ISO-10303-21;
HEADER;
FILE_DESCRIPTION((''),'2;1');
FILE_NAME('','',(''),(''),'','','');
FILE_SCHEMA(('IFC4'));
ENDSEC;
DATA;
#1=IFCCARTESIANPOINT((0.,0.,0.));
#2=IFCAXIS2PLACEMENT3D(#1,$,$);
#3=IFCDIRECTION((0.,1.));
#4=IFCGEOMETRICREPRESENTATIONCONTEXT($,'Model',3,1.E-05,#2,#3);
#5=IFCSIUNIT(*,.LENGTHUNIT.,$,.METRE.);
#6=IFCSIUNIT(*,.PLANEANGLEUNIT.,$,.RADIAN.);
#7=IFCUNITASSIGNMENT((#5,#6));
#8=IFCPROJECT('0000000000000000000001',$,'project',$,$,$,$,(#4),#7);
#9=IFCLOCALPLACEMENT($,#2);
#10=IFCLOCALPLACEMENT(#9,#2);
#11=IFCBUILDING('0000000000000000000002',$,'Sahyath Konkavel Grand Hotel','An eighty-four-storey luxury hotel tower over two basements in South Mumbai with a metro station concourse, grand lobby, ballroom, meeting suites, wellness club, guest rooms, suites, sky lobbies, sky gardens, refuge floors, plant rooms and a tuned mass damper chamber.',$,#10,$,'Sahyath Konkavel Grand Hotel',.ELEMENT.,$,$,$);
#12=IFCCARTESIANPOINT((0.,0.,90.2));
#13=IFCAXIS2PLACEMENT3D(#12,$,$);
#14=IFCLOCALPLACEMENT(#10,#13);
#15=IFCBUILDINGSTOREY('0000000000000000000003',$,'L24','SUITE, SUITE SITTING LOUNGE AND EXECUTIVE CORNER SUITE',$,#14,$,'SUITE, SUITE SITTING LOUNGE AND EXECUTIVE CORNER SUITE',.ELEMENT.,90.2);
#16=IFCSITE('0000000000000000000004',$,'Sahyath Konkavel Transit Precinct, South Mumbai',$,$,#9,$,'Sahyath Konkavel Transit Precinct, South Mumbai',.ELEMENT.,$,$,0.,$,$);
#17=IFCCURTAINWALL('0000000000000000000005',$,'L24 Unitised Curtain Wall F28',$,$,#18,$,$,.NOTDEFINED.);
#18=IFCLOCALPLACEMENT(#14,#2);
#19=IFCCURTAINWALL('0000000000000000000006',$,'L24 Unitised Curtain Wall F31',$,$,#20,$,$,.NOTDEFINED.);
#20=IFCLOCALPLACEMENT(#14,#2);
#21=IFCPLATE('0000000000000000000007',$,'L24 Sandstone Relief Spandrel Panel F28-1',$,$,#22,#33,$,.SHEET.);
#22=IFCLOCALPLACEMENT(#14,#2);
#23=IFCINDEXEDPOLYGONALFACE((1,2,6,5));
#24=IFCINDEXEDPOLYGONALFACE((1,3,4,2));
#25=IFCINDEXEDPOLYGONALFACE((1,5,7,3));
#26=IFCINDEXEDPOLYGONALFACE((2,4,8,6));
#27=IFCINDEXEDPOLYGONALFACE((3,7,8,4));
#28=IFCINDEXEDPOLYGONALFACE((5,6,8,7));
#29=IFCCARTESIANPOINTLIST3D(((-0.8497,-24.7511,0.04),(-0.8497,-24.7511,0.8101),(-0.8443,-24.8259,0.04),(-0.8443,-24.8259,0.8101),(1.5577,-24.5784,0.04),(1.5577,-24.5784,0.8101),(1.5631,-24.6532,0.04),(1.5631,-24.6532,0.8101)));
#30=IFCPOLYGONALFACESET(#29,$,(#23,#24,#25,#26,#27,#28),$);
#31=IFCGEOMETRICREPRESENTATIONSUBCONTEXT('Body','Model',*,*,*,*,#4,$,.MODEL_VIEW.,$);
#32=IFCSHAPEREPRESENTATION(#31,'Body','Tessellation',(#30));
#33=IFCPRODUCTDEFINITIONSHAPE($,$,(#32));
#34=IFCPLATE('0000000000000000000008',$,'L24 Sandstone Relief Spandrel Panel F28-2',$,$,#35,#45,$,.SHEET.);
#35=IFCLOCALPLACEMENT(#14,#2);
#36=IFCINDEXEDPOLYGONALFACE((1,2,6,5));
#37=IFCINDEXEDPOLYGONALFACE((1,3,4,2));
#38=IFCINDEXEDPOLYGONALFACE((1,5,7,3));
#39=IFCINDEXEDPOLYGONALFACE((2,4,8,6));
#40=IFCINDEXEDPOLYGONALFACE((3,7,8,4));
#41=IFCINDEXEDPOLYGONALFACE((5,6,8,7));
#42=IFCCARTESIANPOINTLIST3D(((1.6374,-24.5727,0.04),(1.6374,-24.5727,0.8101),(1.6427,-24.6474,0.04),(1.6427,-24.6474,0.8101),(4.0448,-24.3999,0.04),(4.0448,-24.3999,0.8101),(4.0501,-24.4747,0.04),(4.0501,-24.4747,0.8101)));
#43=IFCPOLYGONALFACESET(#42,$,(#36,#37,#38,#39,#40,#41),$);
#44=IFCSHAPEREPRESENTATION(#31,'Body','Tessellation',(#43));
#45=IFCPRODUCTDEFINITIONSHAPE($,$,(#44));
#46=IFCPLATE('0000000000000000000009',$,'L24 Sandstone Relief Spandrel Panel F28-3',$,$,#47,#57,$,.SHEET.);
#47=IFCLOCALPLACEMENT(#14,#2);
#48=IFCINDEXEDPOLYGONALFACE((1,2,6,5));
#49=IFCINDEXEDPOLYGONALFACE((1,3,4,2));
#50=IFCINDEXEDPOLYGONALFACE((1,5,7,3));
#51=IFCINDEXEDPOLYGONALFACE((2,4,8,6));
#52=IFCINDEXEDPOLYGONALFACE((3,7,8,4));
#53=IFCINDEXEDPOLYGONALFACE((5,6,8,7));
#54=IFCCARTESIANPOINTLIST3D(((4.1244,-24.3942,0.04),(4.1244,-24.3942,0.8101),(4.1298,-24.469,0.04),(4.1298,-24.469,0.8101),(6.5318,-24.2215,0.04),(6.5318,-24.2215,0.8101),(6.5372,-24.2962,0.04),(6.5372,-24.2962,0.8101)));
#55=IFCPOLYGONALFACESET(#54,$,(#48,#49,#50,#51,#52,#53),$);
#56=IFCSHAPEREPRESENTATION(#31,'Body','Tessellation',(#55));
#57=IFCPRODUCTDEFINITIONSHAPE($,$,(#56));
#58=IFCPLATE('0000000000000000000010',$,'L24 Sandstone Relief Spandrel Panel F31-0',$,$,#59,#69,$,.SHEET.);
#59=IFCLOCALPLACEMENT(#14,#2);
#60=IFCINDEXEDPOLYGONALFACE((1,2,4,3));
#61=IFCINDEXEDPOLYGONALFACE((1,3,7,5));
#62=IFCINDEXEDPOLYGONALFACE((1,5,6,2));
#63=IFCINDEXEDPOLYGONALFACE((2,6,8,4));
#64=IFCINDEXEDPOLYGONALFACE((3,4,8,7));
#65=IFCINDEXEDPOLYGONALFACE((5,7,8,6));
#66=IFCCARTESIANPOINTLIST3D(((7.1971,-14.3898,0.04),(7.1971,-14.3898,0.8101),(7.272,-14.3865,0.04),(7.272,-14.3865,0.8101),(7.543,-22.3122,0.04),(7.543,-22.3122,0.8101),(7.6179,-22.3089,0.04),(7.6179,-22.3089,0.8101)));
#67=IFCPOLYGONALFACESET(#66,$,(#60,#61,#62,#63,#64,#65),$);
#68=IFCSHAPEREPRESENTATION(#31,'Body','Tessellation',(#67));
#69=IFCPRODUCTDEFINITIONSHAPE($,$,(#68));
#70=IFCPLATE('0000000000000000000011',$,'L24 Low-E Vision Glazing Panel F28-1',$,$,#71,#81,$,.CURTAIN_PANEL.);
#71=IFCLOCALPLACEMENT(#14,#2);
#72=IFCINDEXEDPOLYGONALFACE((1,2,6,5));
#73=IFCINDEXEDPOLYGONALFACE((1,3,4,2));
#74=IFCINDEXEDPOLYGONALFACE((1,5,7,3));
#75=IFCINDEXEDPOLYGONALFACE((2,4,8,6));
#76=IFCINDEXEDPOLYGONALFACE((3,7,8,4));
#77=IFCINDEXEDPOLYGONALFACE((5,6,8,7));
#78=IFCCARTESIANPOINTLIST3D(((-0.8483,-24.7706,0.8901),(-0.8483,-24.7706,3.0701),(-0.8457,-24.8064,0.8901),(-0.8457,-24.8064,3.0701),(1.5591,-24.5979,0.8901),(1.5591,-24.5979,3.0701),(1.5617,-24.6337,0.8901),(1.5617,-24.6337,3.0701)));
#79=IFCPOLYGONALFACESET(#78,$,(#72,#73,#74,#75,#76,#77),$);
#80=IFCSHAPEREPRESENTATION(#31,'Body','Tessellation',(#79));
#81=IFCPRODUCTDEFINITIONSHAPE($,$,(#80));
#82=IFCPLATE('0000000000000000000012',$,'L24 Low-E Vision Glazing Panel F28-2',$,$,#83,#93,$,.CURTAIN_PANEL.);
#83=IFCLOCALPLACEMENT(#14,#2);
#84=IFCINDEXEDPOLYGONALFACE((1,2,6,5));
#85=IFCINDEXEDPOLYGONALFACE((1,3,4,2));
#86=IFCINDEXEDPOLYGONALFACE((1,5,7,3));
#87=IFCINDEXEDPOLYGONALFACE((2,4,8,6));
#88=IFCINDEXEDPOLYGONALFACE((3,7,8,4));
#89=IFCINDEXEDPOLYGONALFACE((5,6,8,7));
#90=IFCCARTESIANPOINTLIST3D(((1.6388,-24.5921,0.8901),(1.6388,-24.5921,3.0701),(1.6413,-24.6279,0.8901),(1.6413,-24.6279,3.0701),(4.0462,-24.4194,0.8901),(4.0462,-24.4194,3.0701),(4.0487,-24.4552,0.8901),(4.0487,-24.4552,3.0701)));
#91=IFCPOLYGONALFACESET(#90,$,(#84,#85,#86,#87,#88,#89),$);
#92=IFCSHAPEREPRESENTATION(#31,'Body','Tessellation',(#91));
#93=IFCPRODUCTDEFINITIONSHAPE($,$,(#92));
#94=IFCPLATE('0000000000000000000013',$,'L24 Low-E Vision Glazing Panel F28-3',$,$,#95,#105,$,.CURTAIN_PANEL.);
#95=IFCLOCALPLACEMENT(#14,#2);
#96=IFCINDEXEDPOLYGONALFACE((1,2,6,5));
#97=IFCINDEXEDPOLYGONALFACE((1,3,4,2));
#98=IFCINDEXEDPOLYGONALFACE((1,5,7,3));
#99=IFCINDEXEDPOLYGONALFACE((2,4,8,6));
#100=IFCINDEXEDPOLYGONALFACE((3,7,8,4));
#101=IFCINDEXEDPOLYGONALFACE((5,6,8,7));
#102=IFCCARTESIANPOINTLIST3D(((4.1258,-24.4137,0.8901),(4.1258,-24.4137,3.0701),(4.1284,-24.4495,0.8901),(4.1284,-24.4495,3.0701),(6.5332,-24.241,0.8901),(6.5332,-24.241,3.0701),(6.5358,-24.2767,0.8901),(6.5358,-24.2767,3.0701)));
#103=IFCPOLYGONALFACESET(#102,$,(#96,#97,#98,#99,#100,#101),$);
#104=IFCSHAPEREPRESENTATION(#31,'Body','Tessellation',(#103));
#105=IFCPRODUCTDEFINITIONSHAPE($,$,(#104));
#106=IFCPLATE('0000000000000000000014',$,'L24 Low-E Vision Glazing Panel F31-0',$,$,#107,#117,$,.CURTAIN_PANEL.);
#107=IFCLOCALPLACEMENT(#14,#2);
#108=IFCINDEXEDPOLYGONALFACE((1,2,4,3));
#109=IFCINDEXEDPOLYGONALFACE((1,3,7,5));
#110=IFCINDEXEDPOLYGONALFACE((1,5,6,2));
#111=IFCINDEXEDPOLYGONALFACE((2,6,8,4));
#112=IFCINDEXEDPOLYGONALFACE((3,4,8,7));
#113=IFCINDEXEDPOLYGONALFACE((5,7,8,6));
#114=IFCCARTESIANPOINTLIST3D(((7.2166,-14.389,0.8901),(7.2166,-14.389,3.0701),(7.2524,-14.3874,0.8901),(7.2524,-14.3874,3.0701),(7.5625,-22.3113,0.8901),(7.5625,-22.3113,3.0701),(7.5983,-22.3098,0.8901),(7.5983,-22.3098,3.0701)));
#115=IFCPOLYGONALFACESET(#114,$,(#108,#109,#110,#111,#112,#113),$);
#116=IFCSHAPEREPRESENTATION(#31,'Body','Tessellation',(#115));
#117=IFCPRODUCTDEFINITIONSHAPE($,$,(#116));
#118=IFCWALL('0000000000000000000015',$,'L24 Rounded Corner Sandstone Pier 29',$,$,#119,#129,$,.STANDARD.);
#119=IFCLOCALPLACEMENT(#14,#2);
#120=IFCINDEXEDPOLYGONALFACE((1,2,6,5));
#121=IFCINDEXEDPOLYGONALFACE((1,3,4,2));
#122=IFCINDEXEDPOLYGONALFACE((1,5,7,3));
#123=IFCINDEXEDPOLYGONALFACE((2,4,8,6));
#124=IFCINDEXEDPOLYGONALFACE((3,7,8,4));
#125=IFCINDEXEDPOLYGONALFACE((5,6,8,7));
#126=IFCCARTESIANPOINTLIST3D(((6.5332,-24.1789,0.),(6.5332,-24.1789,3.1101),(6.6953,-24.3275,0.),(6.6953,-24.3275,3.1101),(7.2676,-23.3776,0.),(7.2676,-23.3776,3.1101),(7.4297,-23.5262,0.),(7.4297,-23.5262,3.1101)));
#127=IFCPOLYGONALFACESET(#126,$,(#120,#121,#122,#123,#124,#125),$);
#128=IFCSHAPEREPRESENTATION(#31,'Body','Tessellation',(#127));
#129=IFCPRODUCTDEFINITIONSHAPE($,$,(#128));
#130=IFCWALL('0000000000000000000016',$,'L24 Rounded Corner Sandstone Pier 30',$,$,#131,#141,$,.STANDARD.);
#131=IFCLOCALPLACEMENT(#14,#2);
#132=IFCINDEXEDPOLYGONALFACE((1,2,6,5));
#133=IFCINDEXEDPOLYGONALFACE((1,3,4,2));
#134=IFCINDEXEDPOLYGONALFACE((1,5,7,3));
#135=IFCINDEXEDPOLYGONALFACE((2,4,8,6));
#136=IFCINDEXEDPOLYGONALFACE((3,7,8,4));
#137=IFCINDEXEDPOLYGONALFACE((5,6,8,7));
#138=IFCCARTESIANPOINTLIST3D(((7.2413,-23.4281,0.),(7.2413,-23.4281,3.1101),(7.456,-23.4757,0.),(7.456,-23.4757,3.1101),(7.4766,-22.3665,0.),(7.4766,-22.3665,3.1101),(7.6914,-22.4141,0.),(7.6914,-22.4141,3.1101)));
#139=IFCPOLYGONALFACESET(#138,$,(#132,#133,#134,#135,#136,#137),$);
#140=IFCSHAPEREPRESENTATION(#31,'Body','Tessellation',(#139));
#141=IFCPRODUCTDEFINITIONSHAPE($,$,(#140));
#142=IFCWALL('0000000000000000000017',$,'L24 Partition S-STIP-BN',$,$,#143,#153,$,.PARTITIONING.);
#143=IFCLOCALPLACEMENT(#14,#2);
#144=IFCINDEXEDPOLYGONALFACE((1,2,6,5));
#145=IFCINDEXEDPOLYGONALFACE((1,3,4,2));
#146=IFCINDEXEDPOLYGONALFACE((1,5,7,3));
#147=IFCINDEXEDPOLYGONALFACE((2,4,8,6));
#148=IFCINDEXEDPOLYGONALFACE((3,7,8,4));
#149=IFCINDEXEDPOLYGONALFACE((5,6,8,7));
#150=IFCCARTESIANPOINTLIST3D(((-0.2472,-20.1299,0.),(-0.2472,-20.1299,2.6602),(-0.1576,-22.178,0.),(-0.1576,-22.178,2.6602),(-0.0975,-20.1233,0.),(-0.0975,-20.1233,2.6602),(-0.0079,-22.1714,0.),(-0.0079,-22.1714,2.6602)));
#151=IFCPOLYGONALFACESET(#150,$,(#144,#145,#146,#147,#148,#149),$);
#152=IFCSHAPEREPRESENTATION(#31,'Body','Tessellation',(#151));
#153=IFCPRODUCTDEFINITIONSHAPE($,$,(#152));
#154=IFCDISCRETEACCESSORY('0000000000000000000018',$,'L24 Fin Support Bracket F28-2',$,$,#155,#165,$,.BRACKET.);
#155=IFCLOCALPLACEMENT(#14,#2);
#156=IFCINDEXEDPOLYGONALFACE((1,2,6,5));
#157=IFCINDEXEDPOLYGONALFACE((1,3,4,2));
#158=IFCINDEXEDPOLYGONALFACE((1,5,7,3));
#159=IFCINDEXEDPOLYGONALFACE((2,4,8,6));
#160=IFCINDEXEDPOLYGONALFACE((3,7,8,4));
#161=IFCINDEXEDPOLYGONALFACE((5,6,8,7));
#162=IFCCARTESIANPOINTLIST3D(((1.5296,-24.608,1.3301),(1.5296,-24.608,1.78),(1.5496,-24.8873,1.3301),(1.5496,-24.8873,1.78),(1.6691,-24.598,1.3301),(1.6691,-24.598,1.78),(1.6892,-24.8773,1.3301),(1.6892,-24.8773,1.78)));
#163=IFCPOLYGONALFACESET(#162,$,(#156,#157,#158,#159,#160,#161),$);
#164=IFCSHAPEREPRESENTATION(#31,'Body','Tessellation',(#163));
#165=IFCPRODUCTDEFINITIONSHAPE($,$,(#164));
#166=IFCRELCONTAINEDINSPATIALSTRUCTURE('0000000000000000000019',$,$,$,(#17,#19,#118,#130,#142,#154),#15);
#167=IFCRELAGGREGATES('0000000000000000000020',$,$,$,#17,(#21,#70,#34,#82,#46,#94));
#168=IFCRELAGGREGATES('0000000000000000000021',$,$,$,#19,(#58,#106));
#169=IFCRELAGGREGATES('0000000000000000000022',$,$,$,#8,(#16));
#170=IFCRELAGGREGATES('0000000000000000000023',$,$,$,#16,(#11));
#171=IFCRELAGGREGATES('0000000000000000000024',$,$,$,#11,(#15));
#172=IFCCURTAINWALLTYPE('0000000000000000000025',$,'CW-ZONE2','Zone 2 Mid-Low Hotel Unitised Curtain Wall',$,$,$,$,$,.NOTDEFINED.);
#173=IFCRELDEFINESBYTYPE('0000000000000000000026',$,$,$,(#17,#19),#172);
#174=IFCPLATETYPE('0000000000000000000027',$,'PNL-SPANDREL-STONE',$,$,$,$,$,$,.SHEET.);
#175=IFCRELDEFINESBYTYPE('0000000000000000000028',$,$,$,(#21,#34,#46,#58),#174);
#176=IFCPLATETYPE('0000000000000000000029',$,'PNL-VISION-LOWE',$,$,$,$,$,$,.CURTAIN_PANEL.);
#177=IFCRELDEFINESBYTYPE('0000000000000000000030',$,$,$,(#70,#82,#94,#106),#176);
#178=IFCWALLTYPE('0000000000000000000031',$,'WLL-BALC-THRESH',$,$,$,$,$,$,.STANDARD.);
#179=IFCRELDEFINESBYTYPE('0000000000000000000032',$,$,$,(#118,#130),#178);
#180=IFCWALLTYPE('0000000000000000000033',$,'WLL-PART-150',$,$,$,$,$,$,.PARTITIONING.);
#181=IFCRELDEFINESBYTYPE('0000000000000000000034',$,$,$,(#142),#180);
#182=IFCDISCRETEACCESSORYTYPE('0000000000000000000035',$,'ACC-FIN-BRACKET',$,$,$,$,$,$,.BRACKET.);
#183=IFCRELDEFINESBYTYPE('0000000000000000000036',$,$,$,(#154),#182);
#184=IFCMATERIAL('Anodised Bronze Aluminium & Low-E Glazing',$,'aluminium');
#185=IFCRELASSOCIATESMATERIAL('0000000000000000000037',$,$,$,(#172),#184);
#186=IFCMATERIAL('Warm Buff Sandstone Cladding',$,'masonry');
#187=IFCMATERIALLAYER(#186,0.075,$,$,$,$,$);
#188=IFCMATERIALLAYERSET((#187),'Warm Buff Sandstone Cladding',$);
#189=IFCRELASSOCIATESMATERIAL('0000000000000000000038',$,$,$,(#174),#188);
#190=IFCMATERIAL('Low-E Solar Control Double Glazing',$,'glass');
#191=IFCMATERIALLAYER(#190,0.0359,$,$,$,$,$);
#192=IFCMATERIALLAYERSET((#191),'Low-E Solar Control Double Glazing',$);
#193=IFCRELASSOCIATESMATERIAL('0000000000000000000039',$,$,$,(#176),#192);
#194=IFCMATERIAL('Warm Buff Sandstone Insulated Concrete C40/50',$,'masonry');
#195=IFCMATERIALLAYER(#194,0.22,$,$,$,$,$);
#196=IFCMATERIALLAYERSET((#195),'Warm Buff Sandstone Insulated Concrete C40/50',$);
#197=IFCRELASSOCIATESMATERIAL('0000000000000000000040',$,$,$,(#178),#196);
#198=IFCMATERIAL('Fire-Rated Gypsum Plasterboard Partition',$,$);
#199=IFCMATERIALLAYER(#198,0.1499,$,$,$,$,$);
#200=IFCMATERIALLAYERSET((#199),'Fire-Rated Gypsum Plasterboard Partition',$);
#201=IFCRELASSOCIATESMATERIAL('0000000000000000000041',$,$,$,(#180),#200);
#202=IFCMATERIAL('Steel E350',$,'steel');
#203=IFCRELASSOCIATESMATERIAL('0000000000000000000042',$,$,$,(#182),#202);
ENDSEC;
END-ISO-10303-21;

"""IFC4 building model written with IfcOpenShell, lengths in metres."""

from ifc_helpers import new_model, si_unit, direction, frame, frame_2d, origin, origin_2d, place, context, subcontext, project, spatial, rectangle, extrude, source, transform, mapped, material, layer, layer_set, type_object, element, aggregate, save


model = new_model("IFC4")

# Units and contexts
model_context = context("Model", 3, precision=1e-05, world=origin(), true_north=direction((0.0, 1.0)))
body_context = subcontext(model_context, "Body", "Model", "MODEL_VIEW")
ifc_project = project(units=[si_unit("LENGTHUNIT", "METRE"), si_unit("PLANEANGLEUNIT", "RADIAN")], contexts=[model_context])

# Site, building, storey
site_placement = place(None, origin())
site = spatial("IfcSite", under=ifc_project, at=site_placement, Name="Sahyath Konkavel Transit Precinct, South Mumbai", LongName="Sahyath Konkavel Transit Precinct, South Mumbai", CompositionType="ELEMENT", RefElevation=0.0)
building_placement = place(site_placement, origin())
building = spatial("IfcBuilding", under=site, at=building_placement, Name="Sahyath Konkavel Grand Hotel", Description="An eighty-four-storey luxury hotel tower over two basements in South Mumbai with a metro station concourse, grand lobby, ballroom, meeting suites, wellness club, guest rooms, suites, sky lobbies, sky gardens, refuge floors, plant rooms and a tuned mass damper chamber.", LongName="Sahyath Konkavel Grand Hotel", CompositionType="ELEMENT")
storey_placement = place(building_placement, frame((0.0, 0.0, 90.2)))
storey = spatial("IfcBuildingStorey", under=building, at=storey_placement, Name="L24", Description="SUITE, SUITE SITTING LOUNGE AND EXECUTIVE CORNER SUITE", LongName="SUITE, SUITE SITTING LOUNGE AND EXECUTIVE CORNER SUITE", CompositionType="ELEMENT", Elevation=90.2)

# Curtain wall
ifc_material_1 = material(Name="Anodised Bronze Aluminium & Low-E Glazing", Category="aluminium")
curtain_wall_type = type_object("IfcCurtainWallType", Name="CW-ZONE2", Description="Zone 2 Mid-Low Hotel Unitised Curtain Wall", PredefinedType="NOTDEFINED", material=ifc_material_1)
curtain_wall_1_placement = place(storey_placement, origin())
curtain_wall_1 = element("IfcCurtainWall", 1, at=curtain_wall_1_placement, inside=storey, type_object=curtain_wall_type, Name="L24 Unitised Curtain Wall F28", PredefinedType="NOTDEFINED")

# Curtain wall
curtain_wall_2_placement = place(storey_placement, origin())
curtain_wall_2 = element("IfcCurtainWall", 2, at=curtain_wall_2_placement, inside=storey, type_object=curtain_wall_type, Name="L24 Unitised Curtain Wall F31", PredefinedType="NOTDEFINED")

# Plates
ifc_material_2 = material(Name="Warm Buff Sandstone Cladding", Category="masonry")
ifc_layer_1 = layer(ifc_material_2, 0.075)
ifc_layer_set_1 = layer_set([ifc_layer_1], Name="Warm Buff Sandstone Cladding")
plate_type_1 = type_object("IfcPlateType", Name="PNL-SPANDREL-STONE", PredefinedType="SHEET", material=ifc_layer_set_1)
shared_shape_1 = source(origin(), body_context, "Body", "SweptSolid", [
    extrude(rectangle(XDim=2.4136, YDim=0.075, at=origin_2d()), origin(), (0.0, 0.0, 1.0), 0.77),
])
plate_1_placement = place(storey_placement, frame((0.3567, -24.7021, 0.04), z_axis=(0.0, 0.0, 1.0), x_axis=(0.997436, 0.071567, 0.0)))
plate_1 = element("IfcPlate", 3, at=plate_1_placement, type_object=plate_type_1, Name="L24 Sandstone Relief Spandrel Panel F28-1", PredefinedType="SHEET", context=body_context, shape_type="MappedRepresentation", body=[
    mapped(shared_shape_1, transform((0.0, 0.0, 0.0), scale=1.0)),
])
plate_2_placement = place(storey_placement, frame((2.8438, -24.5237, 0.04), z_axis=(0.0, 0.0, 1.0), x_axis=(0.997436, 0.071567, 0.0)))
plate_2 = element("IfcPlate", 4, at=plate_2_placement, type_object=plate_type_1, Name="L24 Sandstone Relief Spandrel Panel F28-2", PredefinedType="SHEET", context=body_context, shape_type="MappedRepresentation", body=[
    mapped(shared_shape_1, transform((0.0, 0.0, 0.0), scale=1.0)),
])
plate_3_placement = place(storey_placement, frame((5.3308, -24.3452, 0.04), z_axis=(0.0, 0.0, 1.0), x_axis=(0.997436, 0.071567, 0.0)))
plate_3 = element("IfcPlate", 5, at=plate_3_placement, type_object=plate_type_1, Name="L24 Sandstone Relief Spandrel Panel F28-3", PredefinedType="SHEET", context=body_context, shape_type="MappedRepresentation", body=[
    mapped(shared_shape_1, transform((0.0, 0.0, 0.0), scale=1.0)),
])
shared_shape_2 = source(origin(), body_context, "Body", "SweptSolid", [
    extrude(rectangle(XDim=7.9299, YDim=0.075, at=origin_2d()), origin(), (0.0, 0.0, 1.0), 0.77),
])
plate_4_placement = place(storey_placement, frame((7.4075, -18.3494, 0.04), z_axis=(0.0, 0.0, 1.0), x_axis=(-0.043619, 0.999048, 0.0)))
plate_4 = element("IfcPlate", 6, at=plate_4_placement, type_object=plate_type_1, Name="L24 Sandstone Relief Spandrel Panel F31-0", PredefinedType="SHEET", context=body_context, shape_type="MappedRepresentation", body=[
    mapped(shared_shape_2, transform((0.0, 0.0, 0.0), scale=1.0)),
])
ifc_material_3 = material(Name="Low-E Solar Control Double Glazing", Category="glass")
ifc_layer_2 = layer(ifc_material_3, 0.0359)
ifc_layer_set_2 = layer_set([ifc_layer_2], Name="Low-E Solar Control Double Glazing")
plate_type_2 = type_object("IfcPlateType", Name="PNL-VISION-LOWE", PredefinedType="CURTAIN_PANEL", material=ifc_layer_set_2)
shared_shape_3 = source(origin(), body_context, "Body", "SweptSolid", [
    extrude(rectangle(XDim=2.4136, YDim=0.0359, at=origin_2d()), origin(), (0.0, 0.0, 1.0), 2.1799),
])
plate_5_placement = place(storey_placement, frame((0.3567, -24.7021, 0.8901), z_axis=(0.0, 0.0, 1.0), x_axis=(0.997436, 0.071567, 0.0)))
plate_5 = element("IfcPlate", 7, at=plate_5_placement, type_object=plate_type_2, Name="L24 Low-E Vision Glazing Panel F28-1", PredefinedType="CURTAIN_PANEL", context=body_context, shape_type="MappedRepresentation", body=[
    mapped(shared_shape_3, transform((0.0, 0.0, 0.0), scale=1.0)),
])
plate_6_placement = place(storey_placement, frame((2.8438, -24.5237, 0.8901), z_axis=(0.0, 0.0, 1.0), x_axis=(0.997436, 0.071567, 0.0)))
plate_6 = element("IfcPlate", 8, at=plate_6_placement, type_object=plate_type_2, Name="L24 Low-E Vision Glazing Panel F28-2", PredefinedType="CURTAIN_PANEL", context=body_context, shape_type="MappedRepresentation", body=[
    mapped(shared_shape_3, transform((0.0, 0.0, 0.0), scale=1.0)),
])
plate_7_placement = place(storey_placement, frame((5.3308, -24.3452, 0.8901), z_axis=(0.0, 0.0, 1.0), x_axis=(0.997436, 0.071567, 0.0)))
plate_7 = element("IfcPlate", 9, at=plate_7_placement, type_object=plate_type_2, Name="L24 Low-E Vision Glazing Panel F28-3", PredefinedType="CURTAIN_PANEL", context=body_context, shape_type="MappedRepresentation", body=[
    mapped(shared_shape_3, transform((0.0, 0.0, 0.0), scale=1.0)),
])
aggregate(curtain_wall_1, [plate_1, plate_5, plate_2, plate_6, plate_3, plate_7])
shared_shape_4 = source(origin(), body_context, "Body", "SweptSolid", [
    extrude(rectangle(XDim=7.9299, YDim=0.0359, at=origin_2d()), origin(), (0.0, 0.0, 1.0), 2.1799),
])
plate_8_placement = place(storey_placement, frame((7.4075, -18.3494, 0.8901), z_axis=(0.0, 0.0, 1.0), x_axis=(-0.043619, 0.999048, 0.0)))
plate_8 = element("IfcPlate", 10, at=plate_8_placement, type_object=plate_type_2, Name="L24 Low-E Vision Glazing Panel F31-0", PredefinedType="CURTAIN_PANEL", context=body_context, shape_type="MappedRepresentation", body=[
    mapped(shared_shape_4, transform((0.0, 0.0, 0.0), scale=1.0)),
])
aggregate(curtain_wall_2, [plate_4, plate_8])

# Walls
ifc_material_4 = material(Name="Warm Buff Sandstone Insulated Concrete C40/50", Category="masonry")
ifc_layer_3 = layer(ifc_material_4, 0.22)
ifc_layer_set_3 = layer_set([ifc_layer_3], Name="Warm Buff Sandstone Insulated Concrete C40/50")
wall_type_1 = type_object("IfcWallType", Name="WLL-BALC-THRESH", PredefinedType="STANDARD", material=ifc_layer_set_3)
wall_1_placement = place(storey_placement, frame((6.6143, -24.2532, 0.0), z_axis=(0.0, 0.0, 1.0), x_axis=(0.675664, 0.73721, 0.0)))
element("IfcWall", 11, at=wall_1_placement, inside=storey, type_object=wall_type_1, Name="L24 Rounded Corner Sandstone Pier 29", PredefinedType="STANDARD", context=body_context, shape_type="SweptSolid", body=[
    extrude(rectangle(XDim=1.0869, YDim=0.22, at=frame_2d((0.5435, 0.0))), origin(), (0.0, 0.0, 1.0), 3.1101),
])
wall_2_placement = place(storey_placement, frame((7.3486, -23.4519, 0.0), z_axis=(0.0, 0.0, 1.0), x_axis=(0.216455, 0.976293, 0.0)))
element("IfcWall", 12, at=wall_2_placement, inside=storey, type_object=wall_type_1, Name="L24 Rounded Corner Sandstone Pier 30", PredefinedType="STANDARD", context=body_context, shape_type="SweptSolid", body=[
    extrude(rectangle(XDim=1.0874, YDim=0.22, at=frame_2d((0.5437, 0.0))), origin(), (0.0, 0.0, 1.0), 3.1101),
])
ifc_material_5 = material(Name="Fire-Rated Gypsum Plasterboard Partition")
ifc_layer_4 = layer(ifc_material_5, 0.1499)
ifc_layer_set_4 = layer_set([ifc_layer_4], Name="Fire-Rated Gypsum Plasterboard Partition")
wall_type_2 = type_object("IfcWallType", Name="WLL-PART-150", PredefinedType="PARTITIONING", material=ifc_layer_set_4)
wall_3_placement = place(storey_placement, frame((-0.1724, -20.1267, 0.0), z_axis=(0.0, 0.0, 1.0), x_axis=(0.043706, -0.999044, 0.0)))
element("IfcWall", 13, at=wall_3_placement, inside=storey, type_object=wall_type_2, Name="L24 Partition S-STIP-BN", PredefinedType="PARTITIONING", context=body_context, shape_type="SweptSolid", body=[
    extrude(rectangle(XDim=2.05, YDim=0.1499, at=frame_2d((1.0249, 0.0))), origin(), (0.0, 0.0, 1.0), 2.6602),
])

# Discrete accessory
ifc_material_6 = material(Name="Steel E350", Category="steel")
discrete_accessory_type = type_object("IfcDiscreteAccessoryType", Name="ACC-FIN-BRACKET", PredefinedType="BRACKET", material=ifc_material_6)
shared_shape_5 = source(origin(), body_context, "Body", "SweptSolid", [
    extrude(rectangle(XDim=0.28, YDim=0.1399, at=origin_2d()), origin(), (0.0, 0.0, 1.0), 0.45),
])
discrete_accessory_placement = place(storey_placement, frame((1.6094, -24.7427, 1.3301), z_axis=(0.0, 0.0, 1.0), x_axis=(0.071567, -0.997436, 0.0)))
element("IfcDiscreteAccessory", 14, at=discrete_accessory_placement, inside=storey, type_object=discrete_accessory_type, Name="L24 Fin Support Bracket F28-2", PredefinedType="BRACKET", context=body_context, shape_type="MappedRepresentation", body=[
    mapped(shared_shape_5, transform((0.0, 0.0, 0.0), scale=1.0)),
])

save(model, "model.ifc")
